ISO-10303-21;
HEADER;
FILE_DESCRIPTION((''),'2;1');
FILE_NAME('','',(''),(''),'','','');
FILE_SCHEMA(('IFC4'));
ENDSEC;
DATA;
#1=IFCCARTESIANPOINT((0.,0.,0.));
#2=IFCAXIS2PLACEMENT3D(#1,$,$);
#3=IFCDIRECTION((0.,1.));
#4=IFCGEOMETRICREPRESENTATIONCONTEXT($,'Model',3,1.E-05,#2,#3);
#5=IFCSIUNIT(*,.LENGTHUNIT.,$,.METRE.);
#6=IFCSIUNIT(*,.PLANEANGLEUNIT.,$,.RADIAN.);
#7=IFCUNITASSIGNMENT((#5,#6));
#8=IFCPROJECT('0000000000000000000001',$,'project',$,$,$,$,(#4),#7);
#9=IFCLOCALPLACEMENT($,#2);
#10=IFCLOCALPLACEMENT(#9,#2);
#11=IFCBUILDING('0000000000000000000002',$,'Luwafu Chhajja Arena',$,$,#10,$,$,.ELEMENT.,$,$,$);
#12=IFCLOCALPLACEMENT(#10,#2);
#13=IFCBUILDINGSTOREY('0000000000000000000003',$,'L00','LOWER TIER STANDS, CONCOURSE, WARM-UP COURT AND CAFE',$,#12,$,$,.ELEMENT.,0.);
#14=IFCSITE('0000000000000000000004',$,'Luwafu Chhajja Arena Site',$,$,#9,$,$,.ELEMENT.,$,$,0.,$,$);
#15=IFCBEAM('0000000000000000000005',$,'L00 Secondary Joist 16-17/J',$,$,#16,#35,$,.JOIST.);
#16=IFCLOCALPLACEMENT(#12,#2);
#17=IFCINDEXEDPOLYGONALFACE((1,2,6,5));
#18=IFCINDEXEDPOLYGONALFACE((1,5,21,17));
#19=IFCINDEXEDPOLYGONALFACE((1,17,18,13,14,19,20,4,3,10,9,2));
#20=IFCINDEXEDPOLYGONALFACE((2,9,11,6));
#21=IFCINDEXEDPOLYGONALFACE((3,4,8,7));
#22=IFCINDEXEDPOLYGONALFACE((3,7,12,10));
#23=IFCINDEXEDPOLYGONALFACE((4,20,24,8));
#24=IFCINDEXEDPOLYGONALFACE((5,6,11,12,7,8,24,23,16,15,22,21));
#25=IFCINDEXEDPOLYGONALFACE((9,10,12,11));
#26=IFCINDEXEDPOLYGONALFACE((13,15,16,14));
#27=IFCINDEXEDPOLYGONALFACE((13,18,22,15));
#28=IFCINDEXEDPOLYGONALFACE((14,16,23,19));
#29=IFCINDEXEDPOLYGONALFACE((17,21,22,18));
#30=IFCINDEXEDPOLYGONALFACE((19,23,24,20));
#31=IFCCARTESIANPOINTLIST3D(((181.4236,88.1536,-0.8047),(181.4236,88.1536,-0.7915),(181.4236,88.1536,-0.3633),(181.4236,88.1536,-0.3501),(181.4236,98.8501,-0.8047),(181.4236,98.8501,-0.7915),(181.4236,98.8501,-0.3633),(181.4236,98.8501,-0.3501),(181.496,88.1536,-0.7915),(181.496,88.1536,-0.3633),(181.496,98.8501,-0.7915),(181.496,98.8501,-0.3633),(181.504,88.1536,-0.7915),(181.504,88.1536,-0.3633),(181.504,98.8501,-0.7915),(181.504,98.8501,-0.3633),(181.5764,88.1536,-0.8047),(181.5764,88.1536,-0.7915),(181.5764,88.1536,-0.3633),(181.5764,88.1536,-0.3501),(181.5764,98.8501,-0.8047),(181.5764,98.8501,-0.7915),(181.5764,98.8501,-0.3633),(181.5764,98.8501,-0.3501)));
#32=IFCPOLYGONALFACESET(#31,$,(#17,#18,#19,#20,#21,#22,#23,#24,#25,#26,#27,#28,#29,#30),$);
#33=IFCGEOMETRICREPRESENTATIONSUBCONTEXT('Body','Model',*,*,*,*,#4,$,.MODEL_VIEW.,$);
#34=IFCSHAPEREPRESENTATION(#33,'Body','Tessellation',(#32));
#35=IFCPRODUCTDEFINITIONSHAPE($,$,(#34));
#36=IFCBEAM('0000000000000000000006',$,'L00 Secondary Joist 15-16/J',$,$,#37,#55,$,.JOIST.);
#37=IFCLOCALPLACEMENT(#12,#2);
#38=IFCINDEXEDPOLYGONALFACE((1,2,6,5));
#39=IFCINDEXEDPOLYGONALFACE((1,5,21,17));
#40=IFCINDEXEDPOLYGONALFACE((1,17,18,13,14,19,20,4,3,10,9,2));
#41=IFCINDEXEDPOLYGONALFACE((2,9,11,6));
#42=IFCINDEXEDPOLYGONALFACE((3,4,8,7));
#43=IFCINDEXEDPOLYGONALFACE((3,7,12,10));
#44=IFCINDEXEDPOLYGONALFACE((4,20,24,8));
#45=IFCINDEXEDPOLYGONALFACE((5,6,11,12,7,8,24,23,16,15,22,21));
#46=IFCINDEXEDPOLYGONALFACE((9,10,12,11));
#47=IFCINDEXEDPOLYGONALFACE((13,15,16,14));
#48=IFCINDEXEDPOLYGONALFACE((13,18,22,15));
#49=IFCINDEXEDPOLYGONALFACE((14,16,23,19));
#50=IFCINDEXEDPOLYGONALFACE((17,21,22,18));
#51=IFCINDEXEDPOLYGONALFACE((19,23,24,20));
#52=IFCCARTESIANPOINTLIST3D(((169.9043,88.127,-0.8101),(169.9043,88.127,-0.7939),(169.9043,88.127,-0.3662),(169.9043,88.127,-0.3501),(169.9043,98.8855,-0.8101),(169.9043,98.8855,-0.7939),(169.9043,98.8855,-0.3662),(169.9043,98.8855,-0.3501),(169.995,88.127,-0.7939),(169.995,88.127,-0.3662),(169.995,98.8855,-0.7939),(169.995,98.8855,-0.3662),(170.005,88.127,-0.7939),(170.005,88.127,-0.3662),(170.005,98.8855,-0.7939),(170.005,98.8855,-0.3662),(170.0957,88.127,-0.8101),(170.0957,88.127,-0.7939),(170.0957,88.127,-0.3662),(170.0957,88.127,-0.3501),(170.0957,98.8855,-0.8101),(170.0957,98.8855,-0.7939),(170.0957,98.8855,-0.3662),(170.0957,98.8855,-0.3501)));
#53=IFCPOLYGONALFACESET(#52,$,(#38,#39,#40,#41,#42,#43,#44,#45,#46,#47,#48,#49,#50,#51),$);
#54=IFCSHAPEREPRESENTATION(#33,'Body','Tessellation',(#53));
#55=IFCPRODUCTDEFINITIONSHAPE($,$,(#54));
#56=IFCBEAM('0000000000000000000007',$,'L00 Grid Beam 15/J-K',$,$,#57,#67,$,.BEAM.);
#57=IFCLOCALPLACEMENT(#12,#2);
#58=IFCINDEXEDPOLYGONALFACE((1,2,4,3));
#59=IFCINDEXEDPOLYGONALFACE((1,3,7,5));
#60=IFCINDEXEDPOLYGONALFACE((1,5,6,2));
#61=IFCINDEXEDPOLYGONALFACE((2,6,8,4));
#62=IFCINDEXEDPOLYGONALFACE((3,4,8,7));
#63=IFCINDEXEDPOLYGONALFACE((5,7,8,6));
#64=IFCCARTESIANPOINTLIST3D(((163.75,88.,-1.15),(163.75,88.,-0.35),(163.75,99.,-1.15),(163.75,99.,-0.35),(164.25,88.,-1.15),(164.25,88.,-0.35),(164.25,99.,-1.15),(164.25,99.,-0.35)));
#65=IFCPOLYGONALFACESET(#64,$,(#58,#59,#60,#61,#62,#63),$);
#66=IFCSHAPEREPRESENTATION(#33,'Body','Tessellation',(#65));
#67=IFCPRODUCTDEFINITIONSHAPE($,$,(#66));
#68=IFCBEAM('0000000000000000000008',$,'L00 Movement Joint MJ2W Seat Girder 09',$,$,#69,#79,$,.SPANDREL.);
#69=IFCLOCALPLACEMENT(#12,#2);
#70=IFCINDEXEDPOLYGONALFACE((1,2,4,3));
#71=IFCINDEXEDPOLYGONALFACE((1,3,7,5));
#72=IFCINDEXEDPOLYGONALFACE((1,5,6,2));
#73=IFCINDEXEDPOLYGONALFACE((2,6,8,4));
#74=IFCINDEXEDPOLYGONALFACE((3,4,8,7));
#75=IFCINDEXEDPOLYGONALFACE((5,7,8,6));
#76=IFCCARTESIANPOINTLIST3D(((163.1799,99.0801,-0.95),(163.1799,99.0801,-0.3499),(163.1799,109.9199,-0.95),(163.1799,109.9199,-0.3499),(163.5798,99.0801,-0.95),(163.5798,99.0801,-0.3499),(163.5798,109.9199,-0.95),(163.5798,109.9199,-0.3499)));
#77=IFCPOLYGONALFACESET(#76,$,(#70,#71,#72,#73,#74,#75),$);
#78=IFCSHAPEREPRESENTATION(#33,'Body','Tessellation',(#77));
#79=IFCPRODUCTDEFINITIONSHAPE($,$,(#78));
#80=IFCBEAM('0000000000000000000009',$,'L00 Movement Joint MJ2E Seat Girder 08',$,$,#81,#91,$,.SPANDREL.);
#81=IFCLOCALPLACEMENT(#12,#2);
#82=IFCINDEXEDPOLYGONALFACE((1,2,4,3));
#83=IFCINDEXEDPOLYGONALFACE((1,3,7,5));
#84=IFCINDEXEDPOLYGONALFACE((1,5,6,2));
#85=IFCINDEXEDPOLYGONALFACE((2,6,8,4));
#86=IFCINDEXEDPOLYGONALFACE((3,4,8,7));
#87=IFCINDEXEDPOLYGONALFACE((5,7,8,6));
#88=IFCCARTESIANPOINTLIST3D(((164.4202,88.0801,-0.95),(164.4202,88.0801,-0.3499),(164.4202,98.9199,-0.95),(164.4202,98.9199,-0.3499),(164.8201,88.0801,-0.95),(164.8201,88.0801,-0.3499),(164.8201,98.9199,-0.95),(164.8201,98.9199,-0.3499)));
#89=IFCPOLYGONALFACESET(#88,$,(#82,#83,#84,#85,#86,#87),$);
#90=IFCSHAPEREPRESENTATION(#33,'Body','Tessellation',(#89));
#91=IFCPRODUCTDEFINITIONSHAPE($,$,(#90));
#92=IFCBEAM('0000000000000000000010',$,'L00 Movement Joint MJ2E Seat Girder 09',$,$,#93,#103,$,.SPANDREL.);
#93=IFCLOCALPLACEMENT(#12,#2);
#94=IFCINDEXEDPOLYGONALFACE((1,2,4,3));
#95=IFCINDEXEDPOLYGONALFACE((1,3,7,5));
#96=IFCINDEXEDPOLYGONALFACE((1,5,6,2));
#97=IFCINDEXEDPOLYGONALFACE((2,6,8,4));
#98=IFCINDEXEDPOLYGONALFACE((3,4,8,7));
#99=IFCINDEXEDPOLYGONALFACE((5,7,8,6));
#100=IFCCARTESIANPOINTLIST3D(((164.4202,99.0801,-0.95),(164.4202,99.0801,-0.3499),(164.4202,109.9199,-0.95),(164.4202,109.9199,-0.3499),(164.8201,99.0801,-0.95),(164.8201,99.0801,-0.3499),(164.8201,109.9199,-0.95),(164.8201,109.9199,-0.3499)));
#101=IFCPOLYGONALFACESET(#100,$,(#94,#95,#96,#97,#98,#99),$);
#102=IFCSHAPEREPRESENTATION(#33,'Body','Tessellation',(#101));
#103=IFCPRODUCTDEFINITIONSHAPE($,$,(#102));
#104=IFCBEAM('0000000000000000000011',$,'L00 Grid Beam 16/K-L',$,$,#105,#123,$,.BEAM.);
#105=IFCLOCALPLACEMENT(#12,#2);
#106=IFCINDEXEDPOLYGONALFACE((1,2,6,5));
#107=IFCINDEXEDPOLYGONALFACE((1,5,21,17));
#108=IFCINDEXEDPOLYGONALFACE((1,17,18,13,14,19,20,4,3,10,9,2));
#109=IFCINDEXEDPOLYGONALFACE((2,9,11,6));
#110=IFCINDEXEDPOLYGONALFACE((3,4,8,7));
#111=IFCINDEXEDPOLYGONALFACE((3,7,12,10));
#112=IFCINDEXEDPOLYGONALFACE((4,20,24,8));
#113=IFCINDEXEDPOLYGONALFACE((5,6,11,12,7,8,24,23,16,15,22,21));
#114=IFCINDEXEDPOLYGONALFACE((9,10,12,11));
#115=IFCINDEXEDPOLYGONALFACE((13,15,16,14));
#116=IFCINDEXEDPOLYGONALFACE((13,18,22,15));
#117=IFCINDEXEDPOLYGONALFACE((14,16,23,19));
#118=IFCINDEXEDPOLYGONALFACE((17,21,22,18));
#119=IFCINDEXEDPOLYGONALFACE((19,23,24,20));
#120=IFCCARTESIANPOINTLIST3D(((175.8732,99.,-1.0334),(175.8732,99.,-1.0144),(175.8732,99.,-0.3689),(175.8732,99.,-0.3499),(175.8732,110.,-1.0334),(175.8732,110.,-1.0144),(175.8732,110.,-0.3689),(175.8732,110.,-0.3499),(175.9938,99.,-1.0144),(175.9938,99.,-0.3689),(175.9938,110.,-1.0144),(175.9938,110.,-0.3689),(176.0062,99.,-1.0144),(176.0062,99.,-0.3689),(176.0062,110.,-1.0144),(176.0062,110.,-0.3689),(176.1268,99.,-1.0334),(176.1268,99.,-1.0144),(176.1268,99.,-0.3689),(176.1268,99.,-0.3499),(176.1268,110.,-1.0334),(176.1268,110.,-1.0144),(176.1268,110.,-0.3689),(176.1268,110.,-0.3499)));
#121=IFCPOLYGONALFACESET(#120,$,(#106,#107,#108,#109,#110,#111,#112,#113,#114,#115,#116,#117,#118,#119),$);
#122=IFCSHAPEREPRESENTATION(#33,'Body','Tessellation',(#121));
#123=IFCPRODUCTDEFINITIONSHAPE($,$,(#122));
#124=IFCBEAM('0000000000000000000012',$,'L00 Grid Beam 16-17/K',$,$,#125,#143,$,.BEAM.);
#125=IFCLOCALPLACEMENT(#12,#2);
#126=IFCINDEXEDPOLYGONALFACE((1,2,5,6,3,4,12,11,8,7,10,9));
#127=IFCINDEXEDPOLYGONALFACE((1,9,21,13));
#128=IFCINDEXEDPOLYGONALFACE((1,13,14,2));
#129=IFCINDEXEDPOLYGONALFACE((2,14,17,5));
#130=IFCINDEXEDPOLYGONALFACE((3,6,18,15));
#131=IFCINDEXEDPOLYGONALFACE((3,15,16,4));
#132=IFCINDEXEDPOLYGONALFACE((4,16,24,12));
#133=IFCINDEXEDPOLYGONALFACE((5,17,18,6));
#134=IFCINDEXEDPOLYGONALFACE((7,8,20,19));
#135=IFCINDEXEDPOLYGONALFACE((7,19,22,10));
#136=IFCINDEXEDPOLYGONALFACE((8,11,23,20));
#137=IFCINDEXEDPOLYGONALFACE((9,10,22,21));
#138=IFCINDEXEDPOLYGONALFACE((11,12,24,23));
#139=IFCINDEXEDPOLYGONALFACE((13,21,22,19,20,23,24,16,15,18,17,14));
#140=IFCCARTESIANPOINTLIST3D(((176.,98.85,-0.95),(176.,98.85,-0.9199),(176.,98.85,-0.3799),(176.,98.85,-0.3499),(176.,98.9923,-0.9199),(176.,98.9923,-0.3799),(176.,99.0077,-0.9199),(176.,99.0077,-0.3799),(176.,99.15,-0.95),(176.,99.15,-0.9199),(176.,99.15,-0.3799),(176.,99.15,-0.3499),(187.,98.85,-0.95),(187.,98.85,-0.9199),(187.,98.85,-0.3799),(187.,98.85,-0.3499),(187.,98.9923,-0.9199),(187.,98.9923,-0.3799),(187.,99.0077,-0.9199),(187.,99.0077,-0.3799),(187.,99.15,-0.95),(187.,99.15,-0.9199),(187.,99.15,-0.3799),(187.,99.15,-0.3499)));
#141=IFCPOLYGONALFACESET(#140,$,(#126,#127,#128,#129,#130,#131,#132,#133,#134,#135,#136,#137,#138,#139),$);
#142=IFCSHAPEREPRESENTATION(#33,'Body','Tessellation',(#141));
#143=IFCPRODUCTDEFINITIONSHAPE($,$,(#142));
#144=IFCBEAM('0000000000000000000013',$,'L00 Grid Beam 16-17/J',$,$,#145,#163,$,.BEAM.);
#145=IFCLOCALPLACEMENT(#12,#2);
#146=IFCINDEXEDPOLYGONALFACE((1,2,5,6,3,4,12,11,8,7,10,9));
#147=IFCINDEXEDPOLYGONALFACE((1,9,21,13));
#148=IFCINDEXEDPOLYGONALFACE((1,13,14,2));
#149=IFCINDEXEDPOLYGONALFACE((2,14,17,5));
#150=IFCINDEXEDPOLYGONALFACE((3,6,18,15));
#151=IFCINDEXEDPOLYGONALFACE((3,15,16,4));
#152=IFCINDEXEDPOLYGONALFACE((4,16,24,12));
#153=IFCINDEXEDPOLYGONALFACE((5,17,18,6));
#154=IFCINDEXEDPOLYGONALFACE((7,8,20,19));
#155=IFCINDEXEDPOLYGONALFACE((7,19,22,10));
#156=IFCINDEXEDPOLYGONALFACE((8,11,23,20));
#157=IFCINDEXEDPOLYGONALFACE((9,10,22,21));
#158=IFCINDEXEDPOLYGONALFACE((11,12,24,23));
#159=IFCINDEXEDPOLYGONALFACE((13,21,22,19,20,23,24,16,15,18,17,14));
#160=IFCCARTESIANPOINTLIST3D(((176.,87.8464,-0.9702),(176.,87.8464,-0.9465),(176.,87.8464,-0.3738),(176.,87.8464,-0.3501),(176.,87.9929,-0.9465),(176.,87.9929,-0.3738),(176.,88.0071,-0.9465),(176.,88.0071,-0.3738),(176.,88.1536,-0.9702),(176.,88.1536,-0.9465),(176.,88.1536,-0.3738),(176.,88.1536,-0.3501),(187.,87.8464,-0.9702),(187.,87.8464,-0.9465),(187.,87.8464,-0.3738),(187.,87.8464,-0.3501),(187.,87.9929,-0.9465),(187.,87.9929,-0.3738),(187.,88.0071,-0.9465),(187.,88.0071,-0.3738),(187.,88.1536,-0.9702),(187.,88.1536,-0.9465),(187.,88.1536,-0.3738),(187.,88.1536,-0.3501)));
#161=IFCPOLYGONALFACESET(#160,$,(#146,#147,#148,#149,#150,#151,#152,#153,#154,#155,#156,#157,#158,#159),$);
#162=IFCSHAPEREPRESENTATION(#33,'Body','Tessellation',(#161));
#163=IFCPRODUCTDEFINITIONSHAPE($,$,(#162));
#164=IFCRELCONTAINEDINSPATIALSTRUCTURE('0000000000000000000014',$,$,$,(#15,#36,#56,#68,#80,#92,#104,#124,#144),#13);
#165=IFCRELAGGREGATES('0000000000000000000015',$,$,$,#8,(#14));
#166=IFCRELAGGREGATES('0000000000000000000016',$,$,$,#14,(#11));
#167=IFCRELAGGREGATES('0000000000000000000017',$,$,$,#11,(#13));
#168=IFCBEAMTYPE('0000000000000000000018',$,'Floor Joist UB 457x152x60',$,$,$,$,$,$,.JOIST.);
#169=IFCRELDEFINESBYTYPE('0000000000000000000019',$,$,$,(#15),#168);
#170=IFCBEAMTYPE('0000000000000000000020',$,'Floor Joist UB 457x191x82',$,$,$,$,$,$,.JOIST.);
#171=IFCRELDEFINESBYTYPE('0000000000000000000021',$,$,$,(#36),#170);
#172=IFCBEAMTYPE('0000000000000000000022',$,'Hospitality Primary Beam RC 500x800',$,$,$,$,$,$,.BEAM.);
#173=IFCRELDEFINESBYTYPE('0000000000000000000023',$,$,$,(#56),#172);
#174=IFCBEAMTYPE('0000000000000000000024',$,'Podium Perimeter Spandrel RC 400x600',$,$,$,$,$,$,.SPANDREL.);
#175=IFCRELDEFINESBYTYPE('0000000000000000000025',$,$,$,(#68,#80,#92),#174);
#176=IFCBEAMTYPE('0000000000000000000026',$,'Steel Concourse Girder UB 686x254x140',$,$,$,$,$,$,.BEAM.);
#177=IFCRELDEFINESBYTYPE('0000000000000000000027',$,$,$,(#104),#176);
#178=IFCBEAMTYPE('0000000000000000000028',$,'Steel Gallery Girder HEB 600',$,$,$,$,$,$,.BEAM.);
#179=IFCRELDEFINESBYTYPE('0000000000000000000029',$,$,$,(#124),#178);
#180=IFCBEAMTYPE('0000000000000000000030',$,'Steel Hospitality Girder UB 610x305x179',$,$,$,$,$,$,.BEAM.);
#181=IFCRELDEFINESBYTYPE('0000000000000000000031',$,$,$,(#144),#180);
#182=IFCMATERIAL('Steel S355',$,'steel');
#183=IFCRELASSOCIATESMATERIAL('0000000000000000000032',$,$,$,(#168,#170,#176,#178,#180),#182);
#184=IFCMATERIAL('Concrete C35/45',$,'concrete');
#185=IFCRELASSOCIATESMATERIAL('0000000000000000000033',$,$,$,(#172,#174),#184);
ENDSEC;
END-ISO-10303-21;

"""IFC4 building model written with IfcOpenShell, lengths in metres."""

from ifc_helpers import new_model, si_unit, direction, frame, origin, origin_2d, place, context, subcontext, project, spatial, rectangle, i_section, extrude, material, material_profile, profile_set, type_object, element, save


model = new_model("IFC4")

# Units and contexts
model_context = context("Model", 3, precision=1e-05, world=origin(), true_north=direction((0.0, 1.0)))
body_context = subcontext(model_context, "Body", "Model", "MODEL_VIEW")
ifc_project = project(units=[si_unit("LENGTHUNIT", "METRE"), si_unit("PLANEANGLEUNIT", "RADIAN")], contexts=[model_context])

# Site, building, storey
site_placement = place(None, origin())
site = spatial("IfcSite", under=ifc_project, at=site_placement, Name="Luwafu Chhajja Arena Site", CompositionType="ELEMENT", RefElevation=0.0)
building_placement = place(site_placement, origin())
building = spatial("IfcBuilding", under=site, at=building_placement, Name="Luwafu Chhajja Arena", CompositionType="ELEMENT")
storey_placement = place(building_placement, origin())
storey = spatial("IfcBuildingStorey", under=building, at=storey_placement, Name="L00", Description="LOWER TIER STANDS, CONCOURSE, WARM-UP COURT AND CAFE", CompositionType="ELEMENT", Elevation=0.0)

# Shared definitions
ifc_material_1 = material(Name="Concrete C35/45", Category="concrete")

# Shared definitions
ifc_material_2 = material(Name="Steel S355", Category="steel")

# Beams
ifc_material_profile_1 = material_profile(ifc_material_2, i_section(OverallWidth=0.1528, OverallDepth=0.4546, WebThickness=0.0081, FlangeThickness=0.0132, at=origin_2d()), Name="UB 457x152x60")
ifc_profile_set_1 = profile_set([ifc_material_profile_1], Name="Steel S355")
beam_type_1 = type_object("IfcBeamType", Name="Floor Joist UB 457x152x60", PredefinedType="JOIST", material=ifc_profile_set_1)
beam_1_placement = place(storey_placement, frame((181.5, 88.1536, -0.5774), z_axis=(0.0, 1.0, 0.0), x_axis=(-1.0, 0.0, 0.0)))
element("IfcBeam", 1, at=beam_1_placement, inside=storey, type_object=beam_type_1, Name="L00 Secondary Joist 16-17/J", PredefinedType="JOIST", context=body_context, shape_type="SweptSolid", body=[
    extrude(i_section(OverallWidth=0.1528, OverallDepth=0.4546, WebThickness=0.0081, FlangeThickness=0.0132, at=origin_2d()), origin(), (0.0, 0.0, 1.0), 10.6965),
])
ifc_material_profile_2 = material_profile(ifc_material_2, i_section(OverallWidth=0.1914, OverallDepth=0.46, WebThickness=0.01, FlangeThickness=0.0161, at=origin_2d()), Name="UB 457x191x82")
ifc_profile_set_2 = profile_set([ifc_material_profile_2], Name="Steel S355")
beam_type_2 = type_object("IfcBeamType", Name="Floor Joist UB 457x191x82", PredefinedType="JOIST", material=ifc_profile_set_2)
beam_2_placement = place(storey_placement, frame((170.0, 88.127, -0.5801), z_axis=(0.0, 1.0, 0.0), x_axis=(-1.0, 0.0, 0.0)))
element("IfcBeam", 2, at=beam_2_placement, inside=storey, type_object=beam_type_2, Name="L00 Secondary Joist 15-16/J", PredefinedType="JOIST", context=body_context, shape_type="SweptSolid", body=[
    extrude(i_section(OverallWidth=0.1914, OverallDepth=0.46, WebThickness=0.01, FlangeThickness=0.0161, at=origin_2d()), origin(), (0.0, 0.0, 1.0), 10.7585),
])
ifc_material_profile_3 = material_profile(ifc_material_1, rectangle(XDim=0.5, YDim=0.8, at=origin_2d()), Name="RC 500x800")
ifc_profile_set_3 = profile_set([ifc_material_profile_3], Name="Concrete C35/45")
beam_type_3 = type_object("IfcBeamType", Name="Hospitality Primary Beam RC 500x800", PredefinedType="BEAM", material=ifc_profile_set_3)
beam_3_placement = place(storey_placement, frame((164.0, 88.0, -0.75), z_axis=(0.0, 1.0, 0.0), x_axis=(-1.0, 0.0, 0.0)))
element("IfcBeam", 3, at=beam_3_placement, inside=storey, type_object=beam_type_3, Name="L00 Grid Beam 15/J-K", PredefinedType="BEAM", context=body_context, shape_type="SweptSolid", body=[
    extrude(rectangle(XDim=0.5, YDim=0.8, at=origin_2d()), origin(), (0.0, 0.0, 1.0), 11.0),
])
ifc_material_profile_4 = material_profile(ifc_material_1, rectangle(XDim=0.3999, YDim=0.6001, at=origin_2d()), Name="RC 400x600")
ifc_profile_set_4 = profile_set([ifc_material_profile_4], Name="Concrete C35/45")
beam_type_4 = type_object("IfcBeamType", Name="Podium Perimeter Spandrel RC 400x600", PredefinedType="SPANDREL", material=ifc_profile_set_4)
for number, where, z_axis, x_axis, name in (
    (4, (163.3799, 99.0801, -0.6499), (0.0, 1.0, 0.0), (-1.0, 0.0, 0.0), "L00 Movement Joint MJ2W Seat Girder 09"),
    (5, (164.6201, 88.0801, -0.6499), (0.0, 1.0, 0.0), (-1.0, 0.0, 0.0), "L00 Movement Joint MJ2E Seat Girder 08"),
    (6, (164.6201, 99.0801, -0.6499), (0.0, 1.0, 0.0), (-1.0, 0.0, 0.0), "L00 Movement Joint MJ2E Seat Girder 09"),
):
    element("IfcBeam", number, at=place(storey_placement, frame(where, z_axis=z_axis, x_axis=x_axis)), inside=storey, type_object=beam_type_4, Name=name, PredefinedType="SPANDREL", context=body_context, shape_type="SweptSolid", body=[
        extrude(rectangle(XDim=0.3999, YDim=0.6001, at=origin_2d()), origin(), (0.0, 0.0, 1.0), 10.8398),
    ])
ifc_material_profile_5 = material_profile(ifc_material_2, i_section(OverallWidth=0.2537, OverallDepth=0.6836, WebThickness=0.0125, FlangeThickness=0.019, at=origin_2d()), Name="UB 686x254x140")
ifc_profile_set_5 = profile_set([ifc_material_profile_5], Name="Steel S355")
beam_type_5 = type_object("IfcBeamType", Name="Steel Concourse Girder UB 686x254x140", PredefinedType="BEAM", material=ifc_profile_set_5)
beam_4_placement = place(storey_placement, frame((176.0, 99.0, -0.6917), z_axis=(0.0, 1.0, 0.0), x_axis=(-1.0, 0.0, 0.0)))
element("IfcBeam", 7, at=beam_4_placement, inside=storey, type_object=beam_type_5, Name="L00 Grid Beam 16/K-L", PredefinedType="BEAM", context=body_context, shape_type="SweptSolid", body=[
    extrude(i_section(OverallWidth=0.2537, OverallDepth=0.6836, WebThickness=0.0125, FlangeThickness=0.019, at=origin_2d()), origin(), (0.0, 0.0, 1.0), 11.0),
])
ifc_material_profile_6 = material_profile(ifc_material_2, i_section(OverallWidth=0.3, OverallDepth=0.6001, WebThickness=0.0154, FlangeThickness=0.03, at=origin_2d()), Name="HEB 600")
ifc_profile_set_6 = profile_set([ifc_material_profile_6], Name="Steel S355")
beam_type_6 = type_object("IfcBeamType", Name="Steel Gallery Girder HEB 600", PredefinedType="BEAM", material=ifc_profile_set_6)
beam_5_placement = place(storey_placement, frame((176.0, 99.0, -0.6499), z_axis=(1.0, 0.0, 0.0), x_axis=(0.0, 1.0, 0.0)))
element("IfcBeam", 8, at=beam_5_placement, inside=storey, type_object=beam_type_6, Name="L00 Grid Beam 16-17/K", PredefinedType="BEAM", context=body_context, shape_type="SweptSolid", body=[
    extrude(i_section(OverallWidth=0.3, OverallDepth=0.6001, WebThickness=0.0154, FlangeThickness=0.03, at=origin_2d()), origin(), (0.0, 0.0, 1.0), 11.0),
])
ifc_material_profile_7 = material_profile(ifc_material_2, i_section(OverallWidth=0.3071, OverallDepth=0.6201, WebThickness=0.0142, FlangeThickness=0.0237, at=origin_2d()), Name="UB 610x305x179")
ifc_profile_set_7 = profile_set([ifc_material_profile_7], Name="Steel S355")
beam_type_7 = type_object("IfcBeamType", Name="Steel Hospitality Girder UB 610x305x179", PredefinedType="BEAM", material=ifc_profile_set_7)
beam_6_placement = place(storey_placement, frame((176.0, 88.0, -0.6602), z_axis=(1.0, 0.0, 0.0), x_axis=(0.0, 1.0, 0.0)))
element("IfcBeam", 9, at=beam_6_placement, inside=storey, type_object=beam_type_7, Name="L00 Grid Beam 16-17/J", PredefinedType="BEAM", context=body_context, shape_type="SweptSolid", body=[
    extrude(i_section(OverallWidth=0.3071, OverallDepth=0.6201, WebThickness=0.0142, FlangeThickness=0.0237, at=origin_2d()), origin(), (0.0, 0.0, 1.0), 11.0),
])

save(model, "model.ifc")
